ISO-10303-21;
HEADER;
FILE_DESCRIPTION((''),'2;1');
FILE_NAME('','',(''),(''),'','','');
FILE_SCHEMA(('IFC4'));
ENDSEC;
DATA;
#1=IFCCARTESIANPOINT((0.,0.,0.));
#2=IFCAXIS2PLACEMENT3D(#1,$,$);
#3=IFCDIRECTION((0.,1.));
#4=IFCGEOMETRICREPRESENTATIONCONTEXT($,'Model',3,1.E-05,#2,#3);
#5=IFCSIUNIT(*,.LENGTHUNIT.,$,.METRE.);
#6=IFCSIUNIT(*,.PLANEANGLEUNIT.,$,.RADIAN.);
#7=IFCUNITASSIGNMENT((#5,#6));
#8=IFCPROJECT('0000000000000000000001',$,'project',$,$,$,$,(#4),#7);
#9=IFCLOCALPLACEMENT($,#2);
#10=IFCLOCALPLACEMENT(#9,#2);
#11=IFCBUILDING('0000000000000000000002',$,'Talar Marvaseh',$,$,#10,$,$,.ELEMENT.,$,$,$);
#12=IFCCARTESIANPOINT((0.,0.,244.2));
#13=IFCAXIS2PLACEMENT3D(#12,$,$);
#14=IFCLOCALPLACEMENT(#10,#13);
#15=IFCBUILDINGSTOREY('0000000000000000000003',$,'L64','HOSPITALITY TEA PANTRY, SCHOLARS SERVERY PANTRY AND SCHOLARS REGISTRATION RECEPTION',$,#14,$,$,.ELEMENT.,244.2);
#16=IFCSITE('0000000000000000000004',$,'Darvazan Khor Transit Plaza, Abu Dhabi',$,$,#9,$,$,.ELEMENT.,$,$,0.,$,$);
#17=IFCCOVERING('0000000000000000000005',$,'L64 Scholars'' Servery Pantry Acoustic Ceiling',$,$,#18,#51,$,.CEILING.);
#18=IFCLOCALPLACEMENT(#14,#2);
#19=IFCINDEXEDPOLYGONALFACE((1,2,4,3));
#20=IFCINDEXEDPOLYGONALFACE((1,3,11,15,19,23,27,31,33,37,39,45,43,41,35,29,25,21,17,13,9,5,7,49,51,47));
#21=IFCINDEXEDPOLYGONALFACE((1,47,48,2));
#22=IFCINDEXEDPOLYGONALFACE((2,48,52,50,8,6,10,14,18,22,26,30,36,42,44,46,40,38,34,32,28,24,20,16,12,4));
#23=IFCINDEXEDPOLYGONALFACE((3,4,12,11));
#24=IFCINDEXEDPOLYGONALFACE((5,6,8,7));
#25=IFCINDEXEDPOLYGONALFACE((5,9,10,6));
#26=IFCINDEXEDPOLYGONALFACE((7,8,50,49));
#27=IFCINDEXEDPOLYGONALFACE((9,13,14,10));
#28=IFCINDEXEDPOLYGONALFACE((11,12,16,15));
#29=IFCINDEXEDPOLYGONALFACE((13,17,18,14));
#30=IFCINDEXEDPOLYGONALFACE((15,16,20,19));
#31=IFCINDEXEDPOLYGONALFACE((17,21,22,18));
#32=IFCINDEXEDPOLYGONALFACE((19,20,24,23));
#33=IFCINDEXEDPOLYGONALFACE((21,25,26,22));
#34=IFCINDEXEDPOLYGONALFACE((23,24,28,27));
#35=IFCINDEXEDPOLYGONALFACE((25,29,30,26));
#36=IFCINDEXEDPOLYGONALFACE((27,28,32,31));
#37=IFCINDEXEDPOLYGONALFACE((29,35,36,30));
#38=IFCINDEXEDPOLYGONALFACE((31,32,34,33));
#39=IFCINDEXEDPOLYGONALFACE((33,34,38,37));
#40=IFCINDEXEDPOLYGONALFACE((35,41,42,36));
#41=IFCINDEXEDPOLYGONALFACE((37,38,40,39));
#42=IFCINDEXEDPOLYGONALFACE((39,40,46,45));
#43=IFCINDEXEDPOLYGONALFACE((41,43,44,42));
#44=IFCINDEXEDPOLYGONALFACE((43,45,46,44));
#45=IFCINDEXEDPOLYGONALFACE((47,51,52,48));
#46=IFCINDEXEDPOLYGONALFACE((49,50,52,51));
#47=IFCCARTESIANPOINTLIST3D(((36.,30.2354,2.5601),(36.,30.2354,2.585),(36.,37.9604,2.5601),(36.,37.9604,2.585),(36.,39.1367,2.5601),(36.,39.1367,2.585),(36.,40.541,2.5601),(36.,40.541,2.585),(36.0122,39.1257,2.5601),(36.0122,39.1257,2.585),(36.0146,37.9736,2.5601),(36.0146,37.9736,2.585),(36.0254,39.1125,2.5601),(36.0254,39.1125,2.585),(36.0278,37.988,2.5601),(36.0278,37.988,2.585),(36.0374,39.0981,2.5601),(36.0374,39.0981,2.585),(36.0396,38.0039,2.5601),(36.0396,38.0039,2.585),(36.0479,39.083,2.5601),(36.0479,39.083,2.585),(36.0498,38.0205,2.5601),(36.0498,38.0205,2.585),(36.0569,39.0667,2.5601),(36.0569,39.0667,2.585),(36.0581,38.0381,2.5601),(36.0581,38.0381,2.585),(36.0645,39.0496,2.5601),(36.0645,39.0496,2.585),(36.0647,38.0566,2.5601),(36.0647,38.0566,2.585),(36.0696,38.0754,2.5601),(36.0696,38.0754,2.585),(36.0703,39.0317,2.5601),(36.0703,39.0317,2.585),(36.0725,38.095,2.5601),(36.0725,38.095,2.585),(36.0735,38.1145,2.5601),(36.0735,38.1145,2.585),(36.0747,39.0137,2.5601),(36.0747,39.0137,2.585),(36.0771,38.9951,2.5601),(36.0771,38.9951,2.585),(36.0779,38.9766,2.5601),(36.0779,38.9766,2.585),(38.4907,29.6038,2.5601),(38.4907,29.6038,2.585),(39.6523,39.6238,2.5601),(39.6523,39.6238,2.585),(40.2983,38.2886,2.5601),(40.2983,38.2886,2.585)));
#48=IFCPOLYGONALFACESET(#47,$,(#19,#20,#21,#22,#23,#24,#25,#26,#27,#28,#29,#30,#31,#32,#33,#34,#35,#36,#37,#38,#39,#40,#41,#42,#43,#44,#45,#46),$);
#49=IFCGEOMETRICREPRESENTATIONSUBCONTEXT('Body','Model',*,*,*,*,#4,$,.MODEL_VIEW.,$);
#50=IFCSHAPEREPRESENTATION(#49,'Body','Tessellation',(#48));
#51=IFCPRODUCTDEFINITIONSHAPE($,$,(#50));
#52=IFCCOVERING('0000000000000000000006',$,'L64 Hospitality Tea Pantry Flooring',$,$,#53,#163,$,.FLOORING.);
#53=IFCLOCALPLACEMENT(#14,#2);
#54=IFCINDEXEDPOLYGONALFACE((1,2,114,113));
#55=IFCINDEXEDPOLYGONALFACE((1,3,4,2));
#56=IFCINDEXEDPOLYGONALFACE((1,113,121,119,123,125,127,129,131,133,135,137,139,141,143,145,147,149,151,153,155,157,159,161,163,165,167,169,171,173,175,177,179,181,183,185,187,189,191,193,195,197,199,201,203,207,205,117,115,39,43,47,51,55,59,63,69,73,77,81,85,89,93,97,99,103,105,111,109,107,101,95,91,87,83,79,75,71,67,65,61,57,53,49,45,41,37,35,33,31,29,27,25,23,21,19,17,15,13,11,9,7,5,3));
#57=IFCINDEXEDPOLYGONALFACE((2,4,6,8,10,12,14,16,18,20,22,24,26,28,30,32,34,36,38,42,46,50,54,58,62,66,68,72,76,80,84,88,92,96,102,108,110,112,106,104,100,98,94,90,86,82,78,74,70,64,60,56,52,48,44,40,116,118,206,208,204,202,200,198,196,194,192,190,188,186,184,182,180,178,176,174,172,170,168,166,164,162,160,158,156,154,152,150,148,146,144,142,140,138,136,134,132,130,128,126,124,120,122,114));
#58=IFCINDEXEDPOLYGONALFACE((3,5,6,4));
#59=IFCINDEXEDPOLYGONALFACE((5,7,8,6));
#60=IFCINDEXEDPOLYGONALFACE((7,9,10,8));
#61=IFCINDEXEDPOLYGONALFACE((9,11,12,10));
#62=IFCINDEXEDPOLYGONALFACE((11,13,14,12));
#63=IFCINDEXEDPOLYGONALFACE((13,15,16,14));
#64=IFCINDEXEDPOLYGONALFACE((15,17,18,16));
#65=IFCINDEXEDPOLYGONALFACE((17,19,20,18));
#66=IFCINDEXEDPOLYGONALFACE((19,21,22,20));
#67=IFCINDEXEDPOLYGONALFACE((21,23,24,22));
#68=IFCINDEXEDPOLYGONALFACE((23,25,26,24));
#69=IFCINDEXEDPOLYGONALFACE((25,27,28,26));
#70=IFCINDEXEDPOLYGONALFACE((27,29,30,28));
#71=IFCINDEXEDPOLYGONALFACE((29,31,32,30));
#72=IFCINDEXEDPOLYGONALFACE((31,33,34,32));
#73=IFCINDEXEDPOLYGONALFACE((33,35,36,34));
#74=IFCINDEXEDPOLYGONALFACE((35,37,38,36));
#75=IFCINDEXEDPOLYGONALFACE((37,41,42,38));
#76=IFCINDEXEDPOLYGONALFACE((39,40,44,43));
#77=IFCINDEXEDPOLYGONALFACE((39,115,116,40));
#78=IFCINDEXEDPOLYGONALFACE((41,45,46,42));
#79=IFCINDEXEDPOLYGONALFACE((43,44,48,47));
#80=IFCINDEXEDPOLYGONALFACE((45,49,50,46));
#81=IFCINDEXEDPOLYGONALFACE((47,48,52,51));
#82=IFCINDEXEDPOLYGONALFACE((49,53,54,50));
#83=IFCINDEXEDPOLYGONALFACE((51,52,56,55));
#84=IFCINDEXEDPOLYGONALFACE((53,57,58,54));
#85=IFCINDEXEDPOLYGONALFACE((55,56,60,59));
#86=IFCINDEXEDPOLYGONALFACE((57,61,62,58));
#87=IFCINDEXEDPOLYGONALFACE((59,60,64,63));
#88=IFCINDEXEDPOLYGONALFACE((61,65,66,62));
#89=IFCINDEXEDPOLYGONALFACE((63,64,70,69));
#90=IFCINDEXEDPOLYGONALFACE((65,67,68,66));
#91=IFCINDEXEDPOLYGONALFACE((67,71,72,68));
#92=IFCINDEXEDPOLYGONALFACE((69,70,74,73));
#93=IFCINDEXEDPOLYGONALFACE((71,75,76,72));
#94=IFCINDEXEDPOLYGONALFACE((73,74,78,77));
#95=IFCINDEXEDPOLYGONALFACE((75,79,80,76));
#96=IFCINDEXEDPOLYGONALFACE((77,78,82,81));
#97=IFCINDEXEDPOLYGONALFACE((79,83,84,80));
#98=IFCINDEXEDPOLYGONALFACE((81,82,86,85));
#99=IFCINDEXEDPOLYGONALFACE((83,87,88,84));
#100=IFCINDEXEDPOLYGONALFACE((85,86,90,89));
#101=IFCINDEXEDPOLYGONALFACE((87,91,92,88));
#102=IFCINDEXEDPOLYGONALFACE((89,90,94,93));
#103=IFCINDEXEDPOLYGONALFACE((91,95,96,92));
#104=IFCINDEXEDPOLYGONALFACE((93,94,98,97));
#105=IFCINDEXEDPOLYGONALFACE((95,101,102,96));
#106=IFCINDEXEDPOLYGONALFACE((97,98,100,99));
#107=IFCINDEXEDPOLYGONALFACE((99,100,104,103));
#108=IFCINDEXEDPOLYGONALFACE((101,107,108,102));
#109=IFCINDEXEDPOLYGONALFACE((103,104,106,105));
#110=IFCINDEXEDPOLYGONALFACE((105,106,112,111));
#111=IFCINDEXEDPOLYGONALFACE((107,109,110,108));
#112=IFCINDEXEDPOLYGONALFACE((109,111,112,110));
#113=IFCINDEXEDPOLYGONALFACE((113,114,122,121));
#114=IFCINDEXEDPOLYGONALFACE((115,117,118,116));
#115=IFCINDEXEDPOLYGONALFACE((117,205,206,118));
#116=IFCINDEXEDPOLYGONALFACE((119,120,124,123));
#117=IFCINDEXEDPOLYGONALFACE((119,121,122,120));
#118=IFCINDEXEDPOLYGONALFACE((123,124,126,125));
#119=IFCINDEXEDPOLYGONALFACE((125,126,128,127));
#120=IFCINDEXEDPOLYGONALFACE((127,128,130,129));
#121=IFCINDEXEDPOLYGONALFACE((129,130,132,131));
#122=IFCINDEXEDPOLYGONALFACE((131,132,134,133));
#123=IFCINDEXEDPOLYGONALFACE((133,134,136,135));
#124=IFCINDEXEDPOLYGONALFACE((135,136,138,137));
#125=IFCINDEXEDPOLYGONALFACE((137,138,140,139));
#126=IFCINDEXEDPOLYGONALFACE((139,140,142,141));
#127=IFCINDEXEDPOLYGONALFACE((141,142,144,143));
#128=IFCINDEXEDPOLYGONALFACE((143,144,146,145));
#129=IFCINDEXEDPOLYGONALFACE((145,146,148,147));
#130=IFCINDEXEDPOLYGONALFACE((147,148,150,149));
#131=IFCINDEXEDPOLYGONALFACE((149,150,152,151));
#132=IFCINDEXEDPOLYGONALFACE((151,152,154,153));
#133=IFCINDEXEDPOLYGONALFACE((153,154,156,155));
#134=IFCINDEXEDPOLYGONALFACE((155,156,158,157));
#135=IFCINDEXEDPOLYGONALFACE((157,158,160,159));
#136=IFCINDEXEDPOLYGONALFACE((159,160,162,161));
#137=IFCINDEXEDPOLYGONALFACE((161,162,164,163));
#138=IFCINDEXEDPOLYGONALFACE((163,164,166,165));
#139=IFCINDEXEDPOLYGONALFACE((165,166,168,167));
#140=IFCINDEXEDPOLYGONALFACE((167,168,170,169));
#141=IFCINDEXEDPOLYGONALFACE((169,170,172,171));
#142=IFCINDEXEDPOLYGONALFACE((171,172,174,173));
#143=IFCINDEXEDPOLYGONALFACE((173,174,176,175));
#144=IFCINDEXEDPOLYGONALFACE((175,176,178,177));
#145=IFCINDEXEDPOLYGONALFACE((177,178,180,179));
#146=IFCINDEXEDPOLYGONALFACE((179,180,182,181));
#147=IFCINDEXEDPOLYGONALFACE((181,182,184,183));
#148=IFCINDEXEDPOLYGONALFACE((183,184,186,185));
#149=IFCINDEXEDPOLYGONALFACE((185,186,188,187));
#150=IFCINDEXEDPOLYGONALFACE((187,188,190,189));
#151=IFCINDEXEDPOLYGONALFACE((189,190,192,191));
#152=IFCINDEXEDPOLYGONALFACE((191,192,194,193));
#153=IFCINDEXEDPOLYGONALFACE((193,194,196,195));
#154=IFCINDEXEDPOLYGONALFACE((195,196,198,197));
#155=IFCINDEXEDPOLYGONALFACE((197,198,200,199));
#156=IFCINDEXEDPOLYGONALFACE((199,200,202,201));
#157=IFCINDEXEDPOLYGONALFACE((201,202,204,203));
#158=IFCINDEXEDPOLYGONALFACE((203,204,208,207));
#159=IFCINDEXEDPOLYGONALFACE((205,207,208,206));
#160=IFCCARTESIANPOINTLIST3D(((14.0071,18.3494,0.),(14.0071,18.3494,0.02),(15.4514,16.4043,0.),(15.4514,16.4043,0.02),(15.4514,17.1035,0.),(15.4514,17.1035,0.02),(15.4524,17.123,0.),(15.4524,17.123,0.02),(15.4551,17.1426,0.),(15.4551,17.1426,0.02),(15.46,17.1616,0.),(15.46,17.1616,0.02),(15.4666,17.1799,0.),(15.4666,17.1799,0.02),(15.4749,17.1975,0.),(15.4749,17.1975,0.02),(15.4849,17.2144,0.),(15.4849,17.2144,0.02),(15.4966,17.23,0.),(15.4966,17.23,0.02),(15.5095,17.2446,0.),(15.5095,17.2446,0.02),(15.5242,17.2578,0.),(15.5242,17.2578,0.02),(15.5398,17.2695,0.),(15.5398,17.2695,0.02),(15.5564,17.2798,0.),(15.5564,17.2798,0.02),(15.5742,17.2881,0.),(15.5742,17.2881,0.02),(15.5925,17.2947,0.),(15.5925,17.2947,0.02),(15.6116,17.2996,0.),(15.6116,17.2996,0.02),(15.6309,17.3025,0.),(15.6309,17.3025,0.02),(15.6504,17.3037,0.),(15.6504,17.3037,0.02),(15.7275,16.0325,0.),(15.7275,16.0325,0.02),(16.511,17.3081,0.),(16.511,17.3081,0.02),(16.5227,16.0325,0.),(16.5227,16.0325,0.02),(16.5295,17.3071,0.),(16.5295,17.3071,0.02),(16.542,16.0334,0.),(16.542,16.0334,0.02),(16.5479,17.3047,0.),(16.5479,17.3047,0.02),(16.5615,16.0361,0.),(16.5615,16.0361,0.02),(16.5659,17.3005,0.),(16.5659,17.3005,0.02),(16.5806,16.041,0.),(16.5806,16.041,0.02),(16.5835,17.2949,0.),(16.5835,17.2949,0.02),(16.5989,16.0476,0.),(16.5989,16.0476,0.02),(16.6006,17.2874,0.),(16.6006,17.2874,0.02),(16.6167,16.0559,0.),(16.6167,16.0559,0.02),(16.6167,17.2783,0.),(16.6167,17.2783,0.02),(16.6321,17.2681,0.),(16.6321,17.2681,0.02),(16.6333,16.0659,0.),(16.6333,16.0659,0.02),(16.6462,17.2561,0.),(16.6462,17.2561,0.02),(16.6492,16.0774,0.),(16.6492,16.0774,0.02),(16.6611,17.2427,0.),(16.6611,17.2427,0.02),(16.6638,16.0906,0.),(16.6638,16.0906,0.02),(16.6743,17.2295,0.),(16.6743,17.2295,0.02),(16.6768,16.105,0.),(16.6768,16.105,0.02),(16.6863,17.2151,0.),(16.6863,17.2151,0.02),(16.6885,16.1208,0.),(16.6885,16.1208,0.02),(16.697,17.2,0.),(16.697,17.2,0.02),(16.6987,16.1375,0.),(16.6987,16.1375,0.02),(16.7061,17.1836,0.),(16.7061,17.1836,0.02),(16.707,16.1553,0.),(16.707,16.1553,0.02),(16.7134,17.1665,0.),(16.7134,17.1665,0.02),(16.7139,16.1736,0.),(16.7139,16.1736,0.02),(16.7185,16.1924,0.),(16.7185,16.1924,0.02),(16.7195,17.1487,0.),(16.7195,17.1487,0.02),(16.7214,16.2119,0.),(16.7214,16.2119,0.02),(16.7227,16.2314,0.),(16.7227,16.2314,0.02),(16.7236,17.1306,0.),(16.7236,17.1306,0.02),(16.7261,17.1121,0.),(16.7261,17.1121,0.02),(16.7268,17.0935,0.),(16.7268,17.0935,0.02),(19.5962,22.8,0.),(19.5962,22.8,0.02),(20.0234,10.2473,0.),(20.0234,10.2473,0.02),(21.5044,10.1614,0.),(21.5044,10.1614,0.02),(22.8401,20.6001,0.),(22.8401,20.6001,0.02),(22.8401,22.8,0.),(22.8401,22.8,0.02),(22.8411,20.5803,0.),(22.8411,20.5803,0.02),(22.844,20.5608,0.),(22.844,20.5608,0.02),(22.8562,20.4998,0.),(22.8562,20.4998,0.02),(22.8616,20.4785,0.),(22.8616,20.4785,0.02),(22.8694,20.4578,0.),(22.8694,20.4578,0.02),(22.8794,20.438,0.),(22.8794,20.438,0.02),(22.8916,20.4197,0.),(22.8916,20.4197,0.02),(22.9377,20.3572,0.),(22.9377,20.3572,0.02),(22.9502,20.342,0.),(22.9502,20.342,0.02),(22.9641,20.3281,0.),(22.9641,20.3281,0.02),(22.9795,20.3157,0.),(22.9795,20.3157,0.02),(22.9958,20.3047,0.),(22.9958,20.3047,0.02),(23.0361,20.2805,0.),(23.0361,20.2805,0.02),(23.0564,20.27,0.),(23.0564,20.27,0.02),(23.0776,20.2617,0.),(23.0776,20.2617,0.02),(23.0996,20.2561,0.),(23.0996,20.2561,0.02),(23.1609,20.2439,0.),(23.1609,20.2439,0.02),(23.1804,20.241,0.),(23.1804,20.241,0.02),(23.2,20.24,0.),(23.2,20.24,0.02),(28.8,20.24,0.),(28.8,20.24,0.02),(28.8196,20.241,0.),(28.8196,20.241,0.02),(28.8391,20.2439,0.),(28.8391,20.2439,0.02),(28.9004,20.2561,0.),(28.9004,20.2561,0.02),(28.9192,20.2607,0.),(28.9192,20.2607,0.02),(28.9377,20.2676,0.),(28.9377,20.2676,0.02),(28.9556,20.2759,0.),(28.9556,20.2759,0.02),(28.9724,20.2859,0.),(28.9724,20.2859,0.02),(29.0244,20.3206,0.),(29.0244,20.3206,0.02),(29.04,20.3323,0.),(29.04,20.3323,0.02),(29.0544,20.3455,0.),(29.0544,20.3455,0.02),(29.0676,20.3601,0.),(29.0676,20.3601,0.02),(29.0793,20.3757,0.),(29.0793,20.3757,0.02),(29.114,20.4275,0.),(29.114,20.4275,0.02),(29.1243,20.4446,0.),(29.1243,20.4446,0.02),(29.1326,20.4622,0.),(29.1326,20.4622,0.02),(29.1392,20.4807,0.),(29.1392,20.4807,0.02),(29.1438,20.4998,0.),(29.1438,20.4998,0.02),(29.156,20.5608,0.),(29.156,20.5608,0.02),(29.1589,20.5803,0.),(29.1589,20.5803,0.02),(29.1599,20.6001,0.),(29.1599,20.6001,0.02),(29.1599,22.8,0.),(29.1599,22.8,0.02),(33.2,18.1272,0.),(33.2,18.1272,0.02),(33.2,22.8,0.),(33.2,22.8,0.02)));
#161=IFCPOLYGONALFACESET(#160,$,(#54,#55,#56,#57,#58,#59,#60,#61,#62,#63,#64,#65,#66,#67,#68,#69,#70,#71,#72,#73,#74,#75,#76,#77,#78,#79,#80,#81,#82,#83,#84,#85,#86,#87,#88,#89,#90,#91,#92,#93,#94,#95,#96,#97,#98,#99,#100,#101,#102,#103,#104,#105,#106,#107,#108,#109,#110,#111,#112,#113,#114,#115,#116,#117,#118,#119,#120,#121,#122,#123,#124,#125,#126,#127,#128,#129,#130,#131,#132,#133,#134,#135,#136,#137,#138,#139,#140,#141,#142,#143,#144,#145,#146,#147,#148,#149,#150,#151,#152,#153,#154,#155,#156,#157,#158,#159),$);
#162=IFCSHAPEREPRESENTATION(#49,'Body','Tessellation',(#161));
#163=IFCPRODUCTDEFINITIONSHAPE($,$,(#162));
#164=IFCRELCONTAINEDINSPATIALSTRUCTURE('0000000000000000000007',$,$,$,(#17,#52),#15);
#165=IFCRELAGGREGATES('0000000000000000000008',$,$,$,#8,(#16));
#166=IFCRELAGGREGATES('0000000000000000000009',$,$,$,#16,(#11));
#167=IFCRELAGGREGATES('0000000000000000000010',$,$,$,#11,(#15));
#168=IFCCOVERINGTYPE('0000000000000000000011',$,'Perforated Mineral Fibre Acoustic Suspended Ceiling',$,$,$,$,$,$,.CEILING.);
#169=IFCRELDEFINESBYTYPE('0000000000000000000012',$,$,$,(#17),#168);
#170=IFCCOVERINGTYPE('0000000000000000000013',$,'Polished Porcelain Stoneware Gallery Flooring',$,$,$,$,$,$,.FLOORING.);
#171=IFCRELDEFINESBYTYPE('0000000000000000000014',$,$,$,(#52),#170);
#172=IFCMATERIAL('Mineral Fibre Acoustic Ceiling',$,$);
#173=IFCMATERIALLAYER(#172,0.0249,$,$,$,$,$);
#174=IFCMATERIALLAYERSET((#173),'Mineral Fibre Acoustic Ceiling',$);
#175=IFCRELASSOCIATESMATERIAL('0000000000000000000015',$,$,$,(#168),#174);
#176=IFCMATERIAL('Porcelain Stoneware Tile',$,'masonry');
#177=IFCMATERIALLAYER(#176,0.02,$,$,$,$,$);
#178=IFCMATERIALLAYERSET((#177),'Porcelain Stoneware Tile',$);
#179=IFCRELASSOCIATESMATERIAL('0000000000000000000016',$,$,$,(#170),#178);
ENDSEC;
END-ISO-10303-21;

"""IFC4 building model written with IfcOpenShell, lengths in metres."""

from ifc_helpers import new_model, si_unit, direction, frame, origin, place, context, subcontext, project, spatial, polyline, outline, extrude, material, layer, layer_set, type_object, element, save


model = new_model("IFC4")

# Units and contexts
model_context = context("Model", 3, precision=1e-05, world=origin(), true_north=direction((0.0, 1.0)))
body_context = subcontext(model_context, "Body", "Model", "MODEL_VIEW")
ifc_project = project(units=[si_unit("LENGTHUNIT", "METRE"), si_unit("PLANEANGLEUNIT", "RADIAN")], contexts=[model_context])

# Site, building, storey
site_placement = place(None, origin())
site = spatial("IfcSite", under=ifc_project, at=site_placement, Name="Darvazan Khor Transit Plaza, Abu Dhabi", CompositionType="ELEMENT", RefElevation=0.0)
building_placement = place(site_placement, origin())
building = spatial("IfcBuilding", under=site, at=building_placement, Name="Talar Marvaseh", CompositionType="ELEMENT")
storey_placement = place(building_placement, frame((0.0, 0.0, 244.2)))
storey = spatial("IfcBuildingStorey", under=building, at=storey_placement, Name="L64", Description="HOSPITALITY TEA PANTRY, SCHOLARS SERVERY PANTRY AND SCHOLARS REGISTRATION RECEPTION", CompositionType="ELEMENT", Elevation=244.2)

# Coverings
ifc_material_1 = material(Name="Mineral Fibre Acoustic Ceiling")
ifc_layer_1 = layer(ifc_material_1, 0.0249)
ifc_layer_set_1 = layer_set([ifc_layer_1], Name="Mineral Fibre Acoustic Ceiling")
covering_type_1 = type_object("IfcCoveringType", Name="Perforated Mineral Fibre Acoustic Suspended Ceiling", PredefinedType="CEILING", material=ifc_layer_set_1)
covering_1_placement = place(storey_placement, frame((0.0, 0.0, 2.5601)))
element("IfcCovering", 1, at=covering_1_placement, inside=storey, type_object=covering_type_1, Name="L64 Scholars' Servery Pantry Acoustic Ceiling", PredefinedType="CEILING", context=body_context, shape_type="SweptSolid", body=[
    extrude(outline(polyline([(40.2983, 38.2886), (38.4907, 29.6038), (36.0, 30.2354), (36.0, 37.9604), (36.0, 37.9604), (36.0146, 37.9736), (36.0278, 37.988), (36.0396, 38.0039), (36.0498, 38.0205), (36.0581, 38.0381), (36.0647, 38.0566), (36.0696, 38.0754), (36.0725, 38.095), (36.0735, 38.1145), (36.0779, 38.9766), (36.0771, 38.9951), (36.0747, 39.0137), (36.0703, 39.0317), (36.0645, 39.0496), (36.0569, 39.0667), (36.0479, 39.083), (36.0374, 39.0981), (36.0254, 39.1125), (36.0122, 39.1257), (36.0, 39.1367), (36.0, 40.541), (39.6523, 39.6238), (40.2983, 38.2886)])), origin(), (0.0, 0.0, 1.0), 0.0249),
])
ifc_material_2 = material(Name="Porcelain Stoneware Tile", Category="masonry")
ifc_layer_2 = layer(ifc_material_2, 0.02)
ifc_layer_set_2 = layer_set([ifc_layer_2], Name="Porcelain Stoneware Tile")
covering_type_2 = type_object("IfcCoveringType", Name="Polished Porcelain Stoneware Gallery Flooring", PredefinedType="FLOORING", material=ifc_layer_set_2)
covering_2_placement = place(storey_placement, origin())
element("IfcCovering", 2, at=covering_2_placement, inside=storey, type_object=covering_type_2, Name="L64 Hospitality Tea Pantry Flooring", PredefinedType="FLOORING", context=body_context, shape_type="SweptSolid", body=[
    extrude(outline(polyline([(22.8401, 22.8), (22.8401, 20.6001), (22.8411, 20.5803), (22.844, 20.5608), (22.8562, 20.4998), (22.8616, 20.4785), (22.8694, 20.4578), (22.8794, 20.438), (22.8916, 20.4197), (22.9377, 20.3572), (22.9502, 20.342), (22.9641, 20.3281), (22.9795, 20.3157), (22.9958, 20.3047), (23.0361, 20.2805), (23.0564, 20.27), (23.0776, 20.2617), (23.0996, 20.2561), (23.1609, 20.2439), (23.1804, 20.241), (23.2, 20.24), (28.8, 20.24), (28.8196, 20.241), (28.8391, 20.2439), (28.9004, 20.2561), (28.9192, 20.2607), (28.9377, 20.2676), (28.9556, 20.2759), (28.9724, 20.2859), (29.0244, 20.3206), (29.04, 20.3323), (29.0544, 20.3455), (29.0676, 20.3601), (29.0793, 20.3757), (29.114, 20.4275), (29.1243, 20.4446), (29.1326, 20.4622), (29.1392, 20.4807), (29.1438, 20.4998), (29.156, 20.5608), (29.1589, 20.5803), (29.1599, 20.6001), (29.1599, 22.8), (33.2, 22.8), (33.2, 18.1272), (21.5044, 10.1614), (20.0234, 10.2473), (15.7275, 16.0325), (16.5227, 16.0325), (16.542, 16.0334), (16.5615, 16.0361), (16.5806, 16.041), (16.5989, 16.0476), (16.6167, 16.0559), (16.6333, 16.0659), (16.6492, 16.0774), (16.6638, 16.0906), (16.6768, 16.105), (16.6885, 16.1208), (16.6987, 16.1375), (16.707, 16.1553), (16.7139, 16.1736), (16.7185, 16.1924), (16.7214, 16.2119), (16.7227, 16.2314), (16.7268, 17.0935), (16.7261, 17.1121), (16.7236, 17.1306), (16.7195, 17.1487), (16.7134, 17.1665), (16.7061, 17.1836), (16.697, 17.2), (16.6863, 17.2151), (16.6743, 17.2295), (16.6611, 17.2427), (16.6462, 17.2561), (16.6321, 17.2681), (16.6167, 17.2783), (16.6006, 17.2874), (16.5835, 17.2949), (16.5659, 17.3005), (16.5479, 17.3047), (16.5295, 17.3071), (16.511, 17.3081), (15.6504, 17.3037), (15.6309, 17.3025), (15.6116, 17.2996), (15.5925, 17.2947), (15.5742, 17.2881), (15.5564, 17.2798), (15.5398, 17.2695), (15.5242, 17.2578), (15.5095, 17.2446), (15.4966, 17.23), (15.4849, 17.2144), (15.4749, 17.1975), (15.4666, 17.1799), (15.46, 17.1616), (15.4551, 17.1426), (15.4524, 17.123), (15.4514, 17.1035), (15.4514, 16.4043), (14.0071, 18.3494), (19.5962, 22.8), (22.8401, 22.8)])), origin(), (0.0, 0.0, 1.0), 0.02),
])

save(model, "model.ifc")
